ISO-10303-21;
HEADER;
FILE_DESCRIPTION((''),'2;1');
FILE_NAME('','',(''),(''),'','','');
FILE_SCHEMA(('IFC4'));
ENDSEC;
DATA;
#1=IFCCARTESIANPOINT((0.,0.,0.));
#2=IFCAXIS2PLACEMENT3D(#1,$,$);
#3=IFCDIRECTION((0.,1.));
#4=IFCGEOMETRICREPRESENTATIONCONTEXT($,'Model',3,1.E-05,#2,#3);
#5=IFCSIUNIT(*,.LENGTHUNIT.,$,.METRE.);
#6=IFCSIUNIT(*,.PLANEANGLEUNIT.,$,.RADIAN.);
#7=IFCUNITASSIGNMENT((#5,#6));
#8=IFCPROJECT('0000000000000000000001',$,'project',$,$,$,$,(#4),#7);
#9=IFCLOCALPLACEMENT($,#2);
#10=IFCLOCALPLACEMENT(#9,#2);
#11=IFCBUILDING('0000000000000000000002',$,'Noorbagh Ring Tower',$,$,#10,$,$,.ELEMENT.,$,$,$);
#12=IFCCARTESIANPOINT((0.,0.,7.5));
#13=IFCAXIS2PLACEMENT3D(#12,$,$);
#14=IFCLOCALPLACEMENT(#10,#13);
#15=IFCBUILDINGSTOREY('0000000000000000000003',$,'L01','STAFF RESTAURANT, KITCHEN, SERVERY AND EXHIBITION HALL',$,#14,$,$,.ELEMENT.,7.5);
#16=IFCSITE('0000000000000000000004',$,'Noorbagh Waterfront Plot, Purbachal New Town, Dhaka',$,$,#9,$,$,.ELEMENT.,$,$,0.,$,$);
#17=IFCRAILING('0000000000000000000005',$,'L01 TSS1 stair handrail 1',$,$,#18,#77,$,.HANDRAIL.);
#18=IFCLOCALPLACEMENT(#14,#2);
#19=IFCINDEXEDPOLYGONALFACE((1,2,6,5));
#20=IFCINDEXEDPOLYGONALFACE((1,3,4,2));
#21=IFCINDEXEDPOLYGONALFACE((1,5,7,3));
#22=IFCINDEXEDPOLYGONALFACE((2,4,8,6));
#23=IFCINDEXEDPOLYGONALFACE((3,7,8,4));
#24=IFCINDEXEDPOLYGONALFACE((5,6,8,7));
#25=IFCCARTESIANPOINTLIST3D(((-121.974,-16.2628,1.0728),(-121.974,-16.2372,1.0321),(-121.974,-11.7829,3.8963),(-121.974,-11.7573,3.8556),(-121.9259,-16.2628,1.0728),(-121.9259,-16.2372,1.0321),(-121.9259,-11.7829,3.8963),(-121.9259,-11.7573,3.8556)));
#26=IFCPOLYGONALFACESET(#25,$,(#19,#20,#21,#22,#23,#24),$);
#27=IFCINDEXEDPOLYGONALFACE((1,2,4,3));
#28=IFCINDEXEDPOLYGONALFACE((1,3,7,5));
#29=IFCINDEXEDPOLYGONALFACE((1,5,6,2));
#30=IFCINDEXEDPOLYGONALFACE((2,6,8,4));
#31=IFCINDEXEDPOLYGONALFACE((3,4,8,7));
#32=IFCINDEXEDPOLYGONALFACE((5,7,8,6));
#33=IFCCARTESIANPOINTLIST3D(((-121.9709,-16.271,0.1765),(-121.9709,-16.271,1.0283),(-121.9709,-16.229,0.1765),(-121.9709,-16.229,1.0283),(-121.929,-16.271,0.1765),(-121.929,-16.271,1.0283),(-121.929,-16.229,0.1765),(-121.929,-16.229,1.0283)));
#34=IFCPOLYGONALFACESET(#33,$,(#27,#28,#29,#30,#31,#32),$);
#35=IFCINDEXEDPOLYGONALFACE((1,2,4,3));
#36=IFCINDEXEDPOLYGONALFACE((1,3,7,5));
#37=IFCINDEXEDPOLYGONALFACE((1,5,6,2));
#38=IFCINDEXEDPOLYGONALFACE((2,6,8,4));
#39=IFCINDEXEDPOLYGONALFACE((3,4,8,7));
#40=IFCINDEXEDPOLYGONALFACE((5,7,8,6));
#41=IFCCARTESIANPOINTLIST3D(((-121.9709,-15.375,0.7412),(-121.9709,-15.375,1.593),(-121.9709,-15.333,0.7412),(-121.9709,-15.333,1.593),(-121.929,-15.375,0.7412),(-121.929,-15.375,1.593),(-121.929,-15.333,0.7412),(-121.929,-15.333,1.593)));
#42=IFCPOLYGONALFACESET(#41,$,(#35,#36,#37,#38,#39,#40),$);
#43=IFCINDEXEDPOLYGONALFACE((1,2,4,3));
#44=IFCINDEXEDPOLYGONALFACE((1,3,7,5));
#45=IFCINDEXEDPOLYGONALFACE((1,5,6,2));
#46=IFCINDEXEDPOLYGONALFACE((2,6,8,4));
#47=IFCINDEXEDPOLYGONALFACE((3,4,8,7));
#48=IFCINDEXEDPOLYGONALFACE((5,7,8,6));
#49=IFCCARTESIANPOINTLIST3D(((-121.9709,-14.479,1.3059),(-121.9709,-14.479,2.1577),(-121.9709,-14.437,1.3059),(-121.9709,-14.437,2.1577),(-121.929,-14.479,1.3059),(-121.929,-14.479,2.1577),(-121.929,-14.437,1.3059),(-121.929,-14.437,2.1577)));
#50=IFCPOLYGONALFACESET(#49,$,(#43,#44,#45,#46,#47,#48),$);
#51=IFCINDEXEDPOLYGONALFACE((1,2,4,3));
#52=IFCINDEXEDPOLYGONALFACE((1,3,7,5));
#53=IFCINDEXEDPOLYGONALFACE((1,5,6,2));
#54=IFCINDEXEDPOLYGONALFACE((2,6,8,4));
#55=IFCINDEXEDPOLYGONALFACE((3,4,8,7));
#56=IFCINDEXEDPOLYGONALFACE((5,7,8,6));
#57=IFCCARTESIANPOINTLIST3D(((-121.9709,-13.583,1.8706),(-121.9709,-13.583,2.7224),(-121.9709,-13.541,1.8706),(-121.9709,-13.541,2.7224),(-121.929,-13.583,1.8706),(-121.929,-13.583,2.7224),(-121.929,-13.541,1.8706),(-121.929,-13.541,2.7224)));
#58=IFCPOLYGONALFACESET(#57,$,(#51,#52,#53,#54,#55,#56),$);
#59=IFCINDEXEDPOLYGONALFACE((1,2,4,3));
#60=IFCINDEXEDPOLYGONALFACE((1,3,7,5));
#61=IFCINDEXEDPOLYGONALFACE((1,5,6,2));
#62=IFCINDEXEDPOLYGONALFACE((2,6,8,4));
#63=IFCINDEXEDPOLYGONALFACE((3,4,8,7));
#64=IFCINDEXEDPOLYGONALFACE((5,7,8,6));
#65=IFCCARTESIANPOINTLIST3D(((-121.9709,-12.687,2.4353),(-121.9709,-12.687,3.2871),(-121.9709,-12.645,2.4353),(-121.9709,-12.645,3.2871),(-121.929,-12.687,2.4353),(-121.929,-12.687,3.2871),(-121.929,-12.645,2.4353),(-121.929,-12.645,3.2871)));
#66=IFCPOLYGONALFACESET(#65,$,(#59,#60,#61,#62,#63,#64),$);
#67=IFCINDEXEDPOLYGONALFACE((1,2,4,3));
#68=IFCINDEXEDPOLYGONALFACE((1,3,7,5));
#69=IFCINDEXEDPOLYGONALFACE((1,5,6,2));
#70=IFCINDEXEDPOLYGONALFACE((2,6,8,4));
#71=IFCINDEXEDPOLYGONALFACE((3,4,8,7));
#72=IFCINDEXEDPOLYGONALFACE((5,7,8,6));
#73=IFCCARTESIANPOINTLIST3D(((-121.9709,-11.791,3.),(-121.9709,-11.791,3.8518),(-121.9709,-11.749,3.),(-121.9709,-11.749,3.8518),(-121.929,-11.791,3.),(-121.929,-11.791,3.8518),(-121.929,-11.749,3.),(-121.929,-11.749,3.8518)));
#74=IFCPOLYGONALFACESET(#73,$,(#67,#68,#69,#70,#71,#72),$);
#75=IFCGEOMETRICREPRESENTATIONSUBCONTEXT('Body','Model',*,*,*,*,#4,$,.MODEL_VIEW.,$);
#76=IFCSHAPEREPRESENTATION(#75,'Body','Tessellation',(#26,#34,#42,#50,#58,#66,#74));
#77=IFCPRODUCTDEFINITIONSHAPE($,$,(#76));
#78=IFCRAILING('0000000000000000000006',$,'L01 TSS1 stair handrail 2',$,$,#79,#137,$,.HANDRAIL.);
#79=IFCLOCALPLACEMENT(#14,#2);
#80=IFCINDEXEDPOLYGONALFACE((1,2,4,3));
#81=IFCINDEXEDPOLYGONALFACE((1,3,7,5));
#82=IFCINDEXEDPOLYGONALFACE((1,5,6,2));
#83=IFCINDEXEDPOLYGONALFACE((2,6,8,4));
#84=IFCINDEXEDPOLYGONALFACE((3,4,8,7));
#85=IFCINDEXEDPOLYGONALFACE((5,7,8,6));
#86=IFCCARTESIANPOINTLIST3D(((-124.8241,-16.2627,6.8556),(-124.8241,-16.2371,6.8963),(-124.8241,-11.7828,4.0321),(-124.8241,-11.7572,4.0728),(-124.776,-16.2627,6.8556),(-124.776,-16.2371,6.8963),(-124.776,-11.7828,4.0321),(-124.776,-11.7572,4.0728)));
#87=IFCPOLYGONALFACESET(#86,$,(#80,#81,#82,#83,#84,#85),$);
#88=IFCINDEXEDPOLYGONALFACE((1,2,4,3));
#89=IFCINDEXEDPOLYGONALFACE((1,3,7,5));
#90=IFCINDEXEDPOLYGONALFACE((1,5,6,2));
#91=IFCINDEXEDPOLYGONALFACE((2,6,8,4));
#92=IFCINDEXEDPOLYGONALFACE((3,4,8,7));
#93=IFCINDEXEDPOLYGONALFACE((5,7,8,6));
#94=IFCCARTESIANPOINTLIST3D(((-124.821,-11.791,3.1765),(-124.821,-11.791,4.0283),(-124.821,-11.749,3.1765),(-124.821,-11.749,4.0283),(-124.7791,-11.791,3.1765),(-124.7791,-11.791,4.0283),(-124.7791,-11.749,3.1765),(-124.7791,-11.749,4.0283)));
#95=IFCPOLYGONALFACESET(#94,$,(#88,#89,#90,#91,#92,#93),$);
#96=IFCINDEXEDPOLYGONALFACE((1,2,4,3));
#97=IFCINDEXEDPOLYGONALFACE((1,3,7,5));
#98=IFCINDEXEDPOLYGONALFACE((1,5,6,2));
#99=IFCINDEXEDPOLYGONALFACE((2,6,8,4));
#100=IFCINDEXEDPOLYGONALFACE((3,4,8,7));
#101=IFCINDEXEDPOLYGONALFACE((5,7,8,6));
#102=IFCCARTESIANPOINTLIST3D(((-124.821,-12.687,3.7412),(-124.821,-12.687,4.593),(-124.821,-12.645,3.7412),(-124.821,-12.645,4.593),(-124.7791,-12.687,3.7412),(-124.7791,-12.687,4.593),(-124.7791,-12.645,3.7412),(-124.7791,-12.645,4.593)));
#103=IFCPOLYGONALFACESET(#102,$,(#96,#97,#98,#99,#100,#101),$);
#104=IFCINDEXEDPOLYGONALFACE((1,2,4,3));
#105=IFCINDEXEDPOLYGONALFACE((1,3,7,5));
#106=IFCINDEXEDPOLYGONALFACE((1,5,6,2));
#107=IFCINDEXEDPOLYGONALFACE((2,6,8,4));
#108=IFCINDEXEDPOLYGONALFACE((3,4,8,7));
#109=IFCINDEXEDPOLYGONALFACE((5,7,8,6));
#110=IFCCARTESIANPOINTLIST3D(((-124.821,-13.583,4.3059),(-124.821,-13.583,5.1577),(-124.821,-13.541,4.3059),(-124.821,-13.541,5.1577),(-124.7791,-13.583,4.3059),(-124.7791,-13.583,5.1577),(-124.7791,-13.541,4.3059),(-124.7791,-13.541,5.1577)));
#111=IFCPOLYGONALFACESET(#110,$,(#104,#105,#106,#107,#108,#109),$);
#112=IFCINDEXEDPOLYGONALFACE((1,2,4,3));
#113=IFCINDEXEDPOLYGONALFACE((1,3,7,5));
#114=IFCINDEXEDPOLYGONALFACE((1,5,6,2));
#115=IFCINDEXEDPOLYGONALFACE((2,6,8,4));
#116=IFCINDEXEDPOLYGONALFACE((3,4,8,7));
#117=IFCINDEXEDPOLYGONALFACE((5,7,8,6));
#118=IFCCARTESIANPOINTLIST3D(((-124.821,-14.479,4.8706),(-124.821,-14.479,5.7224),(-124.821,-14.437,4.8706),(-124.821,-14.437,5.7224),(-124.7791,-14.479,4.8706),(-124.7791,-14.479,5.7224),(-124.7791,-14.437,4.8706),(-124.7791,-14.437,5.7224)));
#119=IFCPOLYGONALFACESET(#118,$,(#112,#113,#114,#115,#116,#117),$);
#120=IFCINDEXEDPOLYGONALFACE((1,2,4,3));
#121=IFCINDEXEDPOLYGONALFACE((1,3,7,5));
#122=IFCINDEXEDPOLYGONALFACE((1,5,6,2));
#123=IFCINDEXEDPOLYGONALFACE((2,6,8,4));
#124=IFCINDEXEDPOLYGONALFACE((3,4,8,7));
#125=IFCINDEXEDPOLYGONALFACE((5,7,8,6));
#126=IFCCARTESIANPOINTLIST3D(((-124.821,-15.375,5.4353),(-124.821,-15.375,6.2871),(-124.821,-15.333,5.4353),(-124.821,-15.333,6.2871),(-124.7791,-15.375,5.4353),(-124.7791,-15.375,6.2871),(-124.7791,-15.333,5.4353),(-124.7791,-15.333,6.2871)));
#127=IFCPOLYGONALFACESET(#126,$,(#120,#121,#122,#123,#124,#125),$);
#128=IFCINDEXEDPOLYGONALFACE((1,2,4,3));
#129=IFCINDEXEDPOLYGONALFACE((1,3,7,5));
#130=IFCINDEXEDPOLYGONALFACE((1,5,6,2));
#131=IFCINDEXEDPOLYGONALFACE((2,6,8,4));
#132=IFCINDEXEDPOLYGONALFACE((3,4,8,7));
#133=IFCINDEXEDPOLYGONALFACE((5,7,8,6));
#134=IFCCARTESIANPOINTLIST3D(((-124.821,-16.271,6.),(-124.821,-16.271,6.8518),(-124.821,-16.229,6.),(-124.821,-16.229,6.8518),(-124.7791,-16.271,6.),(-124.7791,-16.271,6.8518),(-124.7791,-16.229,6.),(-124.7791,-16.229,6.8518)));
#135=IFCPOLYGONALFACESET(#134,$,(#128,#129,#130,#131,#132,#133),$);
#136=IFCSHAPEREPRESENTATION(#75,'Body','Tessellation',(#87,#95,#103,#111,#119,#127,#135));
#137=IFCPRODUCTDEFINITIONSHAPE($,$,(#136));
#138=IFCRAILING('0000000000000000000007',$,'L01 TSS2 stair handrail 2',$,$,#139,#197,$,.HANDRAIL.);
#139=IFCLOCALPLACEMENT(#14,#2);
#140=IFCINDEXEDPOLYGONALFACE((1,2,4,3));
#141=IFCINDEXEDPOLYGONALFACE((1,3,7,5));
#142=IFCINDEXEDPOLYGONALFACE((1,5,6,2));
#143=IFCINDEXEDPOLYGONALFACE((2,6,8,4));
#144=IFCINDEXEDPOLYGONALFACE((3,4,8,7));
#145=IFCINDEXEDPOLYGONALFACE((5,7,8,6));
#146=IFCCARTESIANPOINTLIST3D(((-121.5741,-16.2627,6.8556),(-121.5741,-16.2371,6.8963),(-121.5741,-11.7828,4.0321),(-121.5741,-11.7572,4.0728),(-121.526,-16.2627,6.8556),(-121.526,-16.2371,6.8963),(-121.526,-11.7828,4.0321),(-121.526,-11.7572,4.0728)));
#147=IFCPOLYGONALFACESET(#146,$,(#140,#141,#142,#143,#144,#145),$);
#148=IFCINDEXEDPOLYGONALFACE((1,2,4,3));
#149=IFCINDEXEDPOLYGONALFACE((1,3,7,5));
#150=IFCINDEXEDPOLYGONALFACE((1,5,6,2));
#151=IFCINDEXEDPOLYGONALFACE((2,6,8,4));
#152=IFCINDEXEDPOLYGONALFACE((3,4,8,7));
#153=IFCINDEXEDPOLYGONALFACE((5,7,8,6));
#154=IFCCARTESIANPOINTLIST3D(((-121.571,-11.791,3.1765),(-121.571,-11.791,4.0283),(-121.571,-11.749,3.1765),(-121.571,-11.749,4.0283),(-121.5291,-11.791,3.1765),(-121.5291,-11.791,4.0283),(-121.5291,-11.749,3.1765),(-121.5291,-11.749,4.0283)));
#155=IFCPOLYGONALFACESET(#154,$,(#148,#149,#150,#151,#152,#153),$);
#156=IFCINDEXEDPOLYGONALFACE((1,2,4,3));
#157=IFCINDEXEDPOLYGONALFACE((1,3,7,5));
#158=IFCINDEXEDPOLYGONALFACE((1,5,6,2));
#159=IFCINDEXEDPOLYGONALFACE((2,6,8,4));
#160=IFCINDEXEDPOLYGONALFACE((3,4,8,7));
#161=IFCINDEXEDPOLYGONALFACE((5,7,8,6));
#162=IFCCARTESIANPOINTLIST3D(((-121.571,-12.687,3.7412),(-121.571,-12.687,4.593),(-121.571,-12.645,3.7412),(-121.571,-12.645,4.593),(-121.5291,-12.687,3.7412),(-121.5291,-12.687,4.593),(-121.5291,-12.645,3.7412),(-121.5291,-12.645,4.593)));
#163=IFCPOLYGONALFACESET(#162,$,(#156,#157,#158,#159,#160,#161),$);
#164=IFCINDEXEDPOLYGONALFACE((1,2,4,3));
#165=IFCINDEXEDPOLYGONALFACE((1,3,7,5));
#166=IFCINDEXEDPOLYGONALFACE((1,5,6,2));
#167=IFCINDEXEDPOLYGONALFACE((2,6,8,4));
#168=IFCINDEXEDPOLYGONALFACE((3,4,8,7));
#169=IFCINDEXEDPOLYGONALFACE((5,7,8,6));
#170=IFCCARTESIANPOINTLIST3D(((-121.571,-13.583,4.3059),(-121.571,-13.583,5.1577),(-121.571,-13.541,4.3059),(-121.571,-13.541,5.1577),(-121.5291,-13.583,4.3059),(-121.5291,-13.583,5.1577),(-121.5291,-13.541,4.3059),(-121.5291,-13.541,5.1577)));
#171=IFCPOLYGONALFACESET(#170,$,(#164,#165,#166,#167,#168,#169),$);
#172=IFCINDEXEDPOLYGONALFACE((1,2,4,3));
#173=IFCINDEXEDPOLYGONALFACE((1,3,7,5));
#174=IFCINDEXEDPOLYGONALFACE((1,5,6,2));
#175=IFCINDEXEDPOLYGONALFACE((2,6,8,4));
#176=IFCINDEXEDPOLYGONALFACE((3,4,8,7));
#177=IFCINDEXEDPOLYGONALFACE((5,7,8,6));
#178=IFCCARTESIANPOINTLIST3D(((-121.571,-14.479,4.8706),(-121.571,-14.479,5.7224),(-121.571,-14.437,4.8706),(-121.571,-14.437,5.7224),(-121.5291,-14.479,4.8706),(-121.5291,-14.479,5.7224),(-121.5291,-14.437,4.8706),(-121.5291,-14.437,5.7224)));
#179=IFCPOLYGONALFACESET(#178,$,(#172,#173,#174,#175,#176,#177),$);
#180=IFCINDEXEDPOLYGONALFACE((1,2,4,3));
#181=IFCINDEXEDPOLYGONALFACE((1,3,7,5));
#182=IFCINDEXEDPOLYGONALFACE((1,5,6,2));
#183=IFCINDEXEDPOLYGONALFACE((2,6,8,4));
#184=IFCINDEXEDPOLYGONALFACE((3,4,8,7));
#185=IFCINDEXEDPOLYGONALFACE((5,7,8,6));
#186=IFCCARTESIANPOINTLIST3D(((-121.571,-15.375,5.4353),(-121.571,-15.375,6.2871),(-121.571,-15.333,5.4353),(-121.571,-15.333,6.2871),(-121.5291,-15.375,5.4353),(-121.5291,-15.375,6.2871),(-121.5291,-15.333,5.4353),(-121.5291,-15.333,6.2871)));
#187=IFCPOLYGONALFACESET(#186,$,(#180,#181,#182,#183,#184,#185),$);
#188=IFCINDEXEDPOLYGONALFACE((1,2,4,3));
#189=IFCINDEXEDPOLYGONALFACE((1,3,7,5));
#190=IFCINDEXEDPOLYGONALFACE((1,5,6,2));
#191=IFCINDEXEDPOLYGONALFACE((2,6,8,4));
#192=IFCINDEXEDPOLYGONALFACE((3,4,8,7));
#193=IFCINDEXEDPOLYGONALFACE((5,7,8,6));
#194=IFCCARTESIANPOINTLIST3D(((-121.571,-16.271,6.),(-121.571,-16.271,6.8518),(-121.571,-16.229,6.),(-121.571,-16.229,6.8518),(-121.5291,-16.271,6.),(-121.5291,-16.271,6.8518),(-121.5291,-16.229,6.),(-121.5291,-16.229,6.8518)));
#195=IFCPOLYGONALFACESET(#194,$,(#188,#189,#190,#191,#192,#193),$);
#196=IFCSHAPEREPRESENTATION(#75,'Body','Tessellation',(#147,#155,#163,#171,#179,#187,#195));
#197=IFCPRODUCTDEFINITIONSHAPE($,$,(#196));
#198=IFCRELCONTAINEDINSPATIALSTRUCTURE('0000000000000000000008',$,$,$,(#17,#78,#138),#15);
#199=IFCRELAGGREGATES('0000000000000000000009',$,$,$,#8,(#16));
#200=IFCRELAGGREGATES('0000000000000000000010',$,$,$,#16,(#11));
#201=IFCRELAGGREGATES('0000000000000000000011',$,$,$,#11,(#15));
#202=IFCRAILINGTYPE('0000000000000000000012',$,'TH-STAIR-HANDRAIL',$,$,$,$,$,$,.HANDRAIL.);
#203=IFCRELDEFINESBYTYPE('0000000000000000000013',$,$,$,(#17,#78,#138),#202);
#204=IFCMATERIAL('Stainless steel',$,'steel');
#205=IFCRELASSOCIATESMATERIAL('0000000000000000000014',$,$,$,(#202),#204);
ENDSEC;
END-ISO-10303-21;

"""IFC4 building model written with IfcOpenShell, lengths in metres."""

from ifc_helpers import new_model, si_unit, direction, frame, origin, origin_2d, place, context, subcontext, project, spatial, rectangle, extrude, material, type_object, element, save


model = new_model("IFC4")

# Units and contexts
model_context = context("Model", 3, precision=1e-05, world=origin(), true_north=direction((0.0, 1.0)))
body_context = subcontext(model_context, "Body", "Model", "MODEL_VIEW")
ifc_project = project(units=[si_unit("LENGTHUNIT", "METRE"), si_unit("PLANEANGLEUNIT", "RADIAN")], contexts=[model_context])

# Site, building, storey
site_placement = place(None, origin())
site = spatial("IfcSite", under=ifc_project, at=site_placement, Name="Noorbagh Waterfront Plot, Purbachal New Town, Dhaka", CompositionType="ELEMENT", RefElevation=0.0)
building_placement = place(site_placement, origin())
building = spatial("IfcBuilding", under=site, at=building_placement, Name="Noorbagh Ring Tower", CompositionType="ELEMENT")
storey_placement = place(building_placement, frame((0.0, 0.0, 7.5)))
storey = spatial("IfcBuildingStorey", under=building, at=storey_placement, Name="L01", Description="STAFF RESTAURANT, KITCHEN, SERVERY AND EXHIBITION HALL", CompositionType="ELEMENT", Elevation=7.5)

# Railings
ifc_material_1 = material(Name="Stainless steel", Category="steel")
railing_type_1 = type_object("IfcRailingType", Name="TH-STAIR-HANDRAIL", PredefinedType="HANDRAIL", material=ifc_material_1)
railing_1_placement = place(storey_placement, frame((-121.95, -16.25, 0.1765)))
element("IfcRailing", 1, at=railing_1_placement, inside=storey, type_object=railing_type_1, Name="L01 TSS1 stair handrail 1", PredefinedType="HANDRAIL", context=body_context, shape_type="SweptSolid", body=[
    extrude(rectangle(XDim=0.0481, YDim=0.0481, at=origin_2d()), frame((0.0, 0.0, 0.876), z_axis=(0.0, 0.845998, 0.533186), x_axis=(-1.0, 0.0, 0.0)), (0.0, 0.0, 1.0), 5.2954),
    extrude(rectangle(XDim=0.042, YDim=0.042, at=origin_2d()), origin(), (0.0, 0.0, 1.0), 0.8518),
    extrude(rectangle(XDim=0.042, YDim=0.042, at=origin_2d()), frame((0.0, 0.896, 0.5647)), (0.0, 0.0, 1.0), 0.8518),
    extrude(rectangle(XDim=0.042, YDim=0.042, at=origin_2d()), frame((0.0, 1.792, 1.1294)), (0.0, 0.0, 1.0), 0.8518),
    extrude(rectangle(XDim=0.042, YDim=0.042, at=origin_2d()), frame((0.0, 2.688, 1.6941)), (0.0, 0.0, 1.0), 0.8518),
    extrude(rectangle(XDim=0.042, YDim=0.042, at=origin_2d()), frame((0.0, 3.584, 2.2588)), (0.0, 0.0, 1.0), 0.8518),
    extrude(rectangle(XDim=0.042, YDim=0.042, at=origin_2d()), frame((0.0, 4.48, 2.8235)), (0.0, 0.0, 1.0), 0.8518),
])
for number, where, name in (
    (2, (-124.8, -11.77, 3.1765), "L01 TSS1 stair handrail 2"),
    (3, (-121.55, -11.77, 3.1765), "L01 TSS2 stair handrail 2"),
):
    element("IfcRailing", number, at=place(storey_placement, frame(where)), inside=storey, type_object=railing_type_1, Name=name, PredefinedType="HANDRAIL", context=body_context, shape_type="SweptSolid", body=[
        extrude(rectangle(XDim=0.0481, YDim=0.0481, at=origin_2d()), frame((0.0, 0.0, 0.876), z_axis=(0.0, -0.845998, 0.533186), x_axis=(1.0, 0.0, 0.0)), (0.0, 0.0, 1.0), 5.2954),
        extrude(rectangle(XDim=0.042, YDim=0.042, at=origin_2d()), origin(), (0.0, 0.0, 1.0), 0.8518),
        extrude(rectangle(XDim=0.042, YDim=0.042, at=origin_2d()), frame((0.0, -0.896, 0.5647)), (0.0, 0.0, 1.0), 0.8518),
        extrude(rectangle(XDim=0.042, YDim=0.042, at=origin_2d()), frame((0.0, -1.792, 1.1294)), (0.0, 0.0, 1.0), 0.8518),
        extrude(rectangle(XDim=0.042, YDim=0.042, at=origin_2d()), frame((0.0, -2.688, 1.6941)), (0.0, 0.0, 1.0), 0.8518),
        extrude(rectangle(XDim=0.042, YDim=0.042, at=origin_2d()), frame((0.0, -3.584, 2.2588)), (0.0, 0.0, 1.0), 0.8518),
        extrude(rectangle(XDim=0.042, YDim=0.042, at=origin_2d()), frame((0.0, -4.48, 2.8235)), (0.0, 0.0, 1.0), 0.8518),
    ])

save(model, "model.ifc")
